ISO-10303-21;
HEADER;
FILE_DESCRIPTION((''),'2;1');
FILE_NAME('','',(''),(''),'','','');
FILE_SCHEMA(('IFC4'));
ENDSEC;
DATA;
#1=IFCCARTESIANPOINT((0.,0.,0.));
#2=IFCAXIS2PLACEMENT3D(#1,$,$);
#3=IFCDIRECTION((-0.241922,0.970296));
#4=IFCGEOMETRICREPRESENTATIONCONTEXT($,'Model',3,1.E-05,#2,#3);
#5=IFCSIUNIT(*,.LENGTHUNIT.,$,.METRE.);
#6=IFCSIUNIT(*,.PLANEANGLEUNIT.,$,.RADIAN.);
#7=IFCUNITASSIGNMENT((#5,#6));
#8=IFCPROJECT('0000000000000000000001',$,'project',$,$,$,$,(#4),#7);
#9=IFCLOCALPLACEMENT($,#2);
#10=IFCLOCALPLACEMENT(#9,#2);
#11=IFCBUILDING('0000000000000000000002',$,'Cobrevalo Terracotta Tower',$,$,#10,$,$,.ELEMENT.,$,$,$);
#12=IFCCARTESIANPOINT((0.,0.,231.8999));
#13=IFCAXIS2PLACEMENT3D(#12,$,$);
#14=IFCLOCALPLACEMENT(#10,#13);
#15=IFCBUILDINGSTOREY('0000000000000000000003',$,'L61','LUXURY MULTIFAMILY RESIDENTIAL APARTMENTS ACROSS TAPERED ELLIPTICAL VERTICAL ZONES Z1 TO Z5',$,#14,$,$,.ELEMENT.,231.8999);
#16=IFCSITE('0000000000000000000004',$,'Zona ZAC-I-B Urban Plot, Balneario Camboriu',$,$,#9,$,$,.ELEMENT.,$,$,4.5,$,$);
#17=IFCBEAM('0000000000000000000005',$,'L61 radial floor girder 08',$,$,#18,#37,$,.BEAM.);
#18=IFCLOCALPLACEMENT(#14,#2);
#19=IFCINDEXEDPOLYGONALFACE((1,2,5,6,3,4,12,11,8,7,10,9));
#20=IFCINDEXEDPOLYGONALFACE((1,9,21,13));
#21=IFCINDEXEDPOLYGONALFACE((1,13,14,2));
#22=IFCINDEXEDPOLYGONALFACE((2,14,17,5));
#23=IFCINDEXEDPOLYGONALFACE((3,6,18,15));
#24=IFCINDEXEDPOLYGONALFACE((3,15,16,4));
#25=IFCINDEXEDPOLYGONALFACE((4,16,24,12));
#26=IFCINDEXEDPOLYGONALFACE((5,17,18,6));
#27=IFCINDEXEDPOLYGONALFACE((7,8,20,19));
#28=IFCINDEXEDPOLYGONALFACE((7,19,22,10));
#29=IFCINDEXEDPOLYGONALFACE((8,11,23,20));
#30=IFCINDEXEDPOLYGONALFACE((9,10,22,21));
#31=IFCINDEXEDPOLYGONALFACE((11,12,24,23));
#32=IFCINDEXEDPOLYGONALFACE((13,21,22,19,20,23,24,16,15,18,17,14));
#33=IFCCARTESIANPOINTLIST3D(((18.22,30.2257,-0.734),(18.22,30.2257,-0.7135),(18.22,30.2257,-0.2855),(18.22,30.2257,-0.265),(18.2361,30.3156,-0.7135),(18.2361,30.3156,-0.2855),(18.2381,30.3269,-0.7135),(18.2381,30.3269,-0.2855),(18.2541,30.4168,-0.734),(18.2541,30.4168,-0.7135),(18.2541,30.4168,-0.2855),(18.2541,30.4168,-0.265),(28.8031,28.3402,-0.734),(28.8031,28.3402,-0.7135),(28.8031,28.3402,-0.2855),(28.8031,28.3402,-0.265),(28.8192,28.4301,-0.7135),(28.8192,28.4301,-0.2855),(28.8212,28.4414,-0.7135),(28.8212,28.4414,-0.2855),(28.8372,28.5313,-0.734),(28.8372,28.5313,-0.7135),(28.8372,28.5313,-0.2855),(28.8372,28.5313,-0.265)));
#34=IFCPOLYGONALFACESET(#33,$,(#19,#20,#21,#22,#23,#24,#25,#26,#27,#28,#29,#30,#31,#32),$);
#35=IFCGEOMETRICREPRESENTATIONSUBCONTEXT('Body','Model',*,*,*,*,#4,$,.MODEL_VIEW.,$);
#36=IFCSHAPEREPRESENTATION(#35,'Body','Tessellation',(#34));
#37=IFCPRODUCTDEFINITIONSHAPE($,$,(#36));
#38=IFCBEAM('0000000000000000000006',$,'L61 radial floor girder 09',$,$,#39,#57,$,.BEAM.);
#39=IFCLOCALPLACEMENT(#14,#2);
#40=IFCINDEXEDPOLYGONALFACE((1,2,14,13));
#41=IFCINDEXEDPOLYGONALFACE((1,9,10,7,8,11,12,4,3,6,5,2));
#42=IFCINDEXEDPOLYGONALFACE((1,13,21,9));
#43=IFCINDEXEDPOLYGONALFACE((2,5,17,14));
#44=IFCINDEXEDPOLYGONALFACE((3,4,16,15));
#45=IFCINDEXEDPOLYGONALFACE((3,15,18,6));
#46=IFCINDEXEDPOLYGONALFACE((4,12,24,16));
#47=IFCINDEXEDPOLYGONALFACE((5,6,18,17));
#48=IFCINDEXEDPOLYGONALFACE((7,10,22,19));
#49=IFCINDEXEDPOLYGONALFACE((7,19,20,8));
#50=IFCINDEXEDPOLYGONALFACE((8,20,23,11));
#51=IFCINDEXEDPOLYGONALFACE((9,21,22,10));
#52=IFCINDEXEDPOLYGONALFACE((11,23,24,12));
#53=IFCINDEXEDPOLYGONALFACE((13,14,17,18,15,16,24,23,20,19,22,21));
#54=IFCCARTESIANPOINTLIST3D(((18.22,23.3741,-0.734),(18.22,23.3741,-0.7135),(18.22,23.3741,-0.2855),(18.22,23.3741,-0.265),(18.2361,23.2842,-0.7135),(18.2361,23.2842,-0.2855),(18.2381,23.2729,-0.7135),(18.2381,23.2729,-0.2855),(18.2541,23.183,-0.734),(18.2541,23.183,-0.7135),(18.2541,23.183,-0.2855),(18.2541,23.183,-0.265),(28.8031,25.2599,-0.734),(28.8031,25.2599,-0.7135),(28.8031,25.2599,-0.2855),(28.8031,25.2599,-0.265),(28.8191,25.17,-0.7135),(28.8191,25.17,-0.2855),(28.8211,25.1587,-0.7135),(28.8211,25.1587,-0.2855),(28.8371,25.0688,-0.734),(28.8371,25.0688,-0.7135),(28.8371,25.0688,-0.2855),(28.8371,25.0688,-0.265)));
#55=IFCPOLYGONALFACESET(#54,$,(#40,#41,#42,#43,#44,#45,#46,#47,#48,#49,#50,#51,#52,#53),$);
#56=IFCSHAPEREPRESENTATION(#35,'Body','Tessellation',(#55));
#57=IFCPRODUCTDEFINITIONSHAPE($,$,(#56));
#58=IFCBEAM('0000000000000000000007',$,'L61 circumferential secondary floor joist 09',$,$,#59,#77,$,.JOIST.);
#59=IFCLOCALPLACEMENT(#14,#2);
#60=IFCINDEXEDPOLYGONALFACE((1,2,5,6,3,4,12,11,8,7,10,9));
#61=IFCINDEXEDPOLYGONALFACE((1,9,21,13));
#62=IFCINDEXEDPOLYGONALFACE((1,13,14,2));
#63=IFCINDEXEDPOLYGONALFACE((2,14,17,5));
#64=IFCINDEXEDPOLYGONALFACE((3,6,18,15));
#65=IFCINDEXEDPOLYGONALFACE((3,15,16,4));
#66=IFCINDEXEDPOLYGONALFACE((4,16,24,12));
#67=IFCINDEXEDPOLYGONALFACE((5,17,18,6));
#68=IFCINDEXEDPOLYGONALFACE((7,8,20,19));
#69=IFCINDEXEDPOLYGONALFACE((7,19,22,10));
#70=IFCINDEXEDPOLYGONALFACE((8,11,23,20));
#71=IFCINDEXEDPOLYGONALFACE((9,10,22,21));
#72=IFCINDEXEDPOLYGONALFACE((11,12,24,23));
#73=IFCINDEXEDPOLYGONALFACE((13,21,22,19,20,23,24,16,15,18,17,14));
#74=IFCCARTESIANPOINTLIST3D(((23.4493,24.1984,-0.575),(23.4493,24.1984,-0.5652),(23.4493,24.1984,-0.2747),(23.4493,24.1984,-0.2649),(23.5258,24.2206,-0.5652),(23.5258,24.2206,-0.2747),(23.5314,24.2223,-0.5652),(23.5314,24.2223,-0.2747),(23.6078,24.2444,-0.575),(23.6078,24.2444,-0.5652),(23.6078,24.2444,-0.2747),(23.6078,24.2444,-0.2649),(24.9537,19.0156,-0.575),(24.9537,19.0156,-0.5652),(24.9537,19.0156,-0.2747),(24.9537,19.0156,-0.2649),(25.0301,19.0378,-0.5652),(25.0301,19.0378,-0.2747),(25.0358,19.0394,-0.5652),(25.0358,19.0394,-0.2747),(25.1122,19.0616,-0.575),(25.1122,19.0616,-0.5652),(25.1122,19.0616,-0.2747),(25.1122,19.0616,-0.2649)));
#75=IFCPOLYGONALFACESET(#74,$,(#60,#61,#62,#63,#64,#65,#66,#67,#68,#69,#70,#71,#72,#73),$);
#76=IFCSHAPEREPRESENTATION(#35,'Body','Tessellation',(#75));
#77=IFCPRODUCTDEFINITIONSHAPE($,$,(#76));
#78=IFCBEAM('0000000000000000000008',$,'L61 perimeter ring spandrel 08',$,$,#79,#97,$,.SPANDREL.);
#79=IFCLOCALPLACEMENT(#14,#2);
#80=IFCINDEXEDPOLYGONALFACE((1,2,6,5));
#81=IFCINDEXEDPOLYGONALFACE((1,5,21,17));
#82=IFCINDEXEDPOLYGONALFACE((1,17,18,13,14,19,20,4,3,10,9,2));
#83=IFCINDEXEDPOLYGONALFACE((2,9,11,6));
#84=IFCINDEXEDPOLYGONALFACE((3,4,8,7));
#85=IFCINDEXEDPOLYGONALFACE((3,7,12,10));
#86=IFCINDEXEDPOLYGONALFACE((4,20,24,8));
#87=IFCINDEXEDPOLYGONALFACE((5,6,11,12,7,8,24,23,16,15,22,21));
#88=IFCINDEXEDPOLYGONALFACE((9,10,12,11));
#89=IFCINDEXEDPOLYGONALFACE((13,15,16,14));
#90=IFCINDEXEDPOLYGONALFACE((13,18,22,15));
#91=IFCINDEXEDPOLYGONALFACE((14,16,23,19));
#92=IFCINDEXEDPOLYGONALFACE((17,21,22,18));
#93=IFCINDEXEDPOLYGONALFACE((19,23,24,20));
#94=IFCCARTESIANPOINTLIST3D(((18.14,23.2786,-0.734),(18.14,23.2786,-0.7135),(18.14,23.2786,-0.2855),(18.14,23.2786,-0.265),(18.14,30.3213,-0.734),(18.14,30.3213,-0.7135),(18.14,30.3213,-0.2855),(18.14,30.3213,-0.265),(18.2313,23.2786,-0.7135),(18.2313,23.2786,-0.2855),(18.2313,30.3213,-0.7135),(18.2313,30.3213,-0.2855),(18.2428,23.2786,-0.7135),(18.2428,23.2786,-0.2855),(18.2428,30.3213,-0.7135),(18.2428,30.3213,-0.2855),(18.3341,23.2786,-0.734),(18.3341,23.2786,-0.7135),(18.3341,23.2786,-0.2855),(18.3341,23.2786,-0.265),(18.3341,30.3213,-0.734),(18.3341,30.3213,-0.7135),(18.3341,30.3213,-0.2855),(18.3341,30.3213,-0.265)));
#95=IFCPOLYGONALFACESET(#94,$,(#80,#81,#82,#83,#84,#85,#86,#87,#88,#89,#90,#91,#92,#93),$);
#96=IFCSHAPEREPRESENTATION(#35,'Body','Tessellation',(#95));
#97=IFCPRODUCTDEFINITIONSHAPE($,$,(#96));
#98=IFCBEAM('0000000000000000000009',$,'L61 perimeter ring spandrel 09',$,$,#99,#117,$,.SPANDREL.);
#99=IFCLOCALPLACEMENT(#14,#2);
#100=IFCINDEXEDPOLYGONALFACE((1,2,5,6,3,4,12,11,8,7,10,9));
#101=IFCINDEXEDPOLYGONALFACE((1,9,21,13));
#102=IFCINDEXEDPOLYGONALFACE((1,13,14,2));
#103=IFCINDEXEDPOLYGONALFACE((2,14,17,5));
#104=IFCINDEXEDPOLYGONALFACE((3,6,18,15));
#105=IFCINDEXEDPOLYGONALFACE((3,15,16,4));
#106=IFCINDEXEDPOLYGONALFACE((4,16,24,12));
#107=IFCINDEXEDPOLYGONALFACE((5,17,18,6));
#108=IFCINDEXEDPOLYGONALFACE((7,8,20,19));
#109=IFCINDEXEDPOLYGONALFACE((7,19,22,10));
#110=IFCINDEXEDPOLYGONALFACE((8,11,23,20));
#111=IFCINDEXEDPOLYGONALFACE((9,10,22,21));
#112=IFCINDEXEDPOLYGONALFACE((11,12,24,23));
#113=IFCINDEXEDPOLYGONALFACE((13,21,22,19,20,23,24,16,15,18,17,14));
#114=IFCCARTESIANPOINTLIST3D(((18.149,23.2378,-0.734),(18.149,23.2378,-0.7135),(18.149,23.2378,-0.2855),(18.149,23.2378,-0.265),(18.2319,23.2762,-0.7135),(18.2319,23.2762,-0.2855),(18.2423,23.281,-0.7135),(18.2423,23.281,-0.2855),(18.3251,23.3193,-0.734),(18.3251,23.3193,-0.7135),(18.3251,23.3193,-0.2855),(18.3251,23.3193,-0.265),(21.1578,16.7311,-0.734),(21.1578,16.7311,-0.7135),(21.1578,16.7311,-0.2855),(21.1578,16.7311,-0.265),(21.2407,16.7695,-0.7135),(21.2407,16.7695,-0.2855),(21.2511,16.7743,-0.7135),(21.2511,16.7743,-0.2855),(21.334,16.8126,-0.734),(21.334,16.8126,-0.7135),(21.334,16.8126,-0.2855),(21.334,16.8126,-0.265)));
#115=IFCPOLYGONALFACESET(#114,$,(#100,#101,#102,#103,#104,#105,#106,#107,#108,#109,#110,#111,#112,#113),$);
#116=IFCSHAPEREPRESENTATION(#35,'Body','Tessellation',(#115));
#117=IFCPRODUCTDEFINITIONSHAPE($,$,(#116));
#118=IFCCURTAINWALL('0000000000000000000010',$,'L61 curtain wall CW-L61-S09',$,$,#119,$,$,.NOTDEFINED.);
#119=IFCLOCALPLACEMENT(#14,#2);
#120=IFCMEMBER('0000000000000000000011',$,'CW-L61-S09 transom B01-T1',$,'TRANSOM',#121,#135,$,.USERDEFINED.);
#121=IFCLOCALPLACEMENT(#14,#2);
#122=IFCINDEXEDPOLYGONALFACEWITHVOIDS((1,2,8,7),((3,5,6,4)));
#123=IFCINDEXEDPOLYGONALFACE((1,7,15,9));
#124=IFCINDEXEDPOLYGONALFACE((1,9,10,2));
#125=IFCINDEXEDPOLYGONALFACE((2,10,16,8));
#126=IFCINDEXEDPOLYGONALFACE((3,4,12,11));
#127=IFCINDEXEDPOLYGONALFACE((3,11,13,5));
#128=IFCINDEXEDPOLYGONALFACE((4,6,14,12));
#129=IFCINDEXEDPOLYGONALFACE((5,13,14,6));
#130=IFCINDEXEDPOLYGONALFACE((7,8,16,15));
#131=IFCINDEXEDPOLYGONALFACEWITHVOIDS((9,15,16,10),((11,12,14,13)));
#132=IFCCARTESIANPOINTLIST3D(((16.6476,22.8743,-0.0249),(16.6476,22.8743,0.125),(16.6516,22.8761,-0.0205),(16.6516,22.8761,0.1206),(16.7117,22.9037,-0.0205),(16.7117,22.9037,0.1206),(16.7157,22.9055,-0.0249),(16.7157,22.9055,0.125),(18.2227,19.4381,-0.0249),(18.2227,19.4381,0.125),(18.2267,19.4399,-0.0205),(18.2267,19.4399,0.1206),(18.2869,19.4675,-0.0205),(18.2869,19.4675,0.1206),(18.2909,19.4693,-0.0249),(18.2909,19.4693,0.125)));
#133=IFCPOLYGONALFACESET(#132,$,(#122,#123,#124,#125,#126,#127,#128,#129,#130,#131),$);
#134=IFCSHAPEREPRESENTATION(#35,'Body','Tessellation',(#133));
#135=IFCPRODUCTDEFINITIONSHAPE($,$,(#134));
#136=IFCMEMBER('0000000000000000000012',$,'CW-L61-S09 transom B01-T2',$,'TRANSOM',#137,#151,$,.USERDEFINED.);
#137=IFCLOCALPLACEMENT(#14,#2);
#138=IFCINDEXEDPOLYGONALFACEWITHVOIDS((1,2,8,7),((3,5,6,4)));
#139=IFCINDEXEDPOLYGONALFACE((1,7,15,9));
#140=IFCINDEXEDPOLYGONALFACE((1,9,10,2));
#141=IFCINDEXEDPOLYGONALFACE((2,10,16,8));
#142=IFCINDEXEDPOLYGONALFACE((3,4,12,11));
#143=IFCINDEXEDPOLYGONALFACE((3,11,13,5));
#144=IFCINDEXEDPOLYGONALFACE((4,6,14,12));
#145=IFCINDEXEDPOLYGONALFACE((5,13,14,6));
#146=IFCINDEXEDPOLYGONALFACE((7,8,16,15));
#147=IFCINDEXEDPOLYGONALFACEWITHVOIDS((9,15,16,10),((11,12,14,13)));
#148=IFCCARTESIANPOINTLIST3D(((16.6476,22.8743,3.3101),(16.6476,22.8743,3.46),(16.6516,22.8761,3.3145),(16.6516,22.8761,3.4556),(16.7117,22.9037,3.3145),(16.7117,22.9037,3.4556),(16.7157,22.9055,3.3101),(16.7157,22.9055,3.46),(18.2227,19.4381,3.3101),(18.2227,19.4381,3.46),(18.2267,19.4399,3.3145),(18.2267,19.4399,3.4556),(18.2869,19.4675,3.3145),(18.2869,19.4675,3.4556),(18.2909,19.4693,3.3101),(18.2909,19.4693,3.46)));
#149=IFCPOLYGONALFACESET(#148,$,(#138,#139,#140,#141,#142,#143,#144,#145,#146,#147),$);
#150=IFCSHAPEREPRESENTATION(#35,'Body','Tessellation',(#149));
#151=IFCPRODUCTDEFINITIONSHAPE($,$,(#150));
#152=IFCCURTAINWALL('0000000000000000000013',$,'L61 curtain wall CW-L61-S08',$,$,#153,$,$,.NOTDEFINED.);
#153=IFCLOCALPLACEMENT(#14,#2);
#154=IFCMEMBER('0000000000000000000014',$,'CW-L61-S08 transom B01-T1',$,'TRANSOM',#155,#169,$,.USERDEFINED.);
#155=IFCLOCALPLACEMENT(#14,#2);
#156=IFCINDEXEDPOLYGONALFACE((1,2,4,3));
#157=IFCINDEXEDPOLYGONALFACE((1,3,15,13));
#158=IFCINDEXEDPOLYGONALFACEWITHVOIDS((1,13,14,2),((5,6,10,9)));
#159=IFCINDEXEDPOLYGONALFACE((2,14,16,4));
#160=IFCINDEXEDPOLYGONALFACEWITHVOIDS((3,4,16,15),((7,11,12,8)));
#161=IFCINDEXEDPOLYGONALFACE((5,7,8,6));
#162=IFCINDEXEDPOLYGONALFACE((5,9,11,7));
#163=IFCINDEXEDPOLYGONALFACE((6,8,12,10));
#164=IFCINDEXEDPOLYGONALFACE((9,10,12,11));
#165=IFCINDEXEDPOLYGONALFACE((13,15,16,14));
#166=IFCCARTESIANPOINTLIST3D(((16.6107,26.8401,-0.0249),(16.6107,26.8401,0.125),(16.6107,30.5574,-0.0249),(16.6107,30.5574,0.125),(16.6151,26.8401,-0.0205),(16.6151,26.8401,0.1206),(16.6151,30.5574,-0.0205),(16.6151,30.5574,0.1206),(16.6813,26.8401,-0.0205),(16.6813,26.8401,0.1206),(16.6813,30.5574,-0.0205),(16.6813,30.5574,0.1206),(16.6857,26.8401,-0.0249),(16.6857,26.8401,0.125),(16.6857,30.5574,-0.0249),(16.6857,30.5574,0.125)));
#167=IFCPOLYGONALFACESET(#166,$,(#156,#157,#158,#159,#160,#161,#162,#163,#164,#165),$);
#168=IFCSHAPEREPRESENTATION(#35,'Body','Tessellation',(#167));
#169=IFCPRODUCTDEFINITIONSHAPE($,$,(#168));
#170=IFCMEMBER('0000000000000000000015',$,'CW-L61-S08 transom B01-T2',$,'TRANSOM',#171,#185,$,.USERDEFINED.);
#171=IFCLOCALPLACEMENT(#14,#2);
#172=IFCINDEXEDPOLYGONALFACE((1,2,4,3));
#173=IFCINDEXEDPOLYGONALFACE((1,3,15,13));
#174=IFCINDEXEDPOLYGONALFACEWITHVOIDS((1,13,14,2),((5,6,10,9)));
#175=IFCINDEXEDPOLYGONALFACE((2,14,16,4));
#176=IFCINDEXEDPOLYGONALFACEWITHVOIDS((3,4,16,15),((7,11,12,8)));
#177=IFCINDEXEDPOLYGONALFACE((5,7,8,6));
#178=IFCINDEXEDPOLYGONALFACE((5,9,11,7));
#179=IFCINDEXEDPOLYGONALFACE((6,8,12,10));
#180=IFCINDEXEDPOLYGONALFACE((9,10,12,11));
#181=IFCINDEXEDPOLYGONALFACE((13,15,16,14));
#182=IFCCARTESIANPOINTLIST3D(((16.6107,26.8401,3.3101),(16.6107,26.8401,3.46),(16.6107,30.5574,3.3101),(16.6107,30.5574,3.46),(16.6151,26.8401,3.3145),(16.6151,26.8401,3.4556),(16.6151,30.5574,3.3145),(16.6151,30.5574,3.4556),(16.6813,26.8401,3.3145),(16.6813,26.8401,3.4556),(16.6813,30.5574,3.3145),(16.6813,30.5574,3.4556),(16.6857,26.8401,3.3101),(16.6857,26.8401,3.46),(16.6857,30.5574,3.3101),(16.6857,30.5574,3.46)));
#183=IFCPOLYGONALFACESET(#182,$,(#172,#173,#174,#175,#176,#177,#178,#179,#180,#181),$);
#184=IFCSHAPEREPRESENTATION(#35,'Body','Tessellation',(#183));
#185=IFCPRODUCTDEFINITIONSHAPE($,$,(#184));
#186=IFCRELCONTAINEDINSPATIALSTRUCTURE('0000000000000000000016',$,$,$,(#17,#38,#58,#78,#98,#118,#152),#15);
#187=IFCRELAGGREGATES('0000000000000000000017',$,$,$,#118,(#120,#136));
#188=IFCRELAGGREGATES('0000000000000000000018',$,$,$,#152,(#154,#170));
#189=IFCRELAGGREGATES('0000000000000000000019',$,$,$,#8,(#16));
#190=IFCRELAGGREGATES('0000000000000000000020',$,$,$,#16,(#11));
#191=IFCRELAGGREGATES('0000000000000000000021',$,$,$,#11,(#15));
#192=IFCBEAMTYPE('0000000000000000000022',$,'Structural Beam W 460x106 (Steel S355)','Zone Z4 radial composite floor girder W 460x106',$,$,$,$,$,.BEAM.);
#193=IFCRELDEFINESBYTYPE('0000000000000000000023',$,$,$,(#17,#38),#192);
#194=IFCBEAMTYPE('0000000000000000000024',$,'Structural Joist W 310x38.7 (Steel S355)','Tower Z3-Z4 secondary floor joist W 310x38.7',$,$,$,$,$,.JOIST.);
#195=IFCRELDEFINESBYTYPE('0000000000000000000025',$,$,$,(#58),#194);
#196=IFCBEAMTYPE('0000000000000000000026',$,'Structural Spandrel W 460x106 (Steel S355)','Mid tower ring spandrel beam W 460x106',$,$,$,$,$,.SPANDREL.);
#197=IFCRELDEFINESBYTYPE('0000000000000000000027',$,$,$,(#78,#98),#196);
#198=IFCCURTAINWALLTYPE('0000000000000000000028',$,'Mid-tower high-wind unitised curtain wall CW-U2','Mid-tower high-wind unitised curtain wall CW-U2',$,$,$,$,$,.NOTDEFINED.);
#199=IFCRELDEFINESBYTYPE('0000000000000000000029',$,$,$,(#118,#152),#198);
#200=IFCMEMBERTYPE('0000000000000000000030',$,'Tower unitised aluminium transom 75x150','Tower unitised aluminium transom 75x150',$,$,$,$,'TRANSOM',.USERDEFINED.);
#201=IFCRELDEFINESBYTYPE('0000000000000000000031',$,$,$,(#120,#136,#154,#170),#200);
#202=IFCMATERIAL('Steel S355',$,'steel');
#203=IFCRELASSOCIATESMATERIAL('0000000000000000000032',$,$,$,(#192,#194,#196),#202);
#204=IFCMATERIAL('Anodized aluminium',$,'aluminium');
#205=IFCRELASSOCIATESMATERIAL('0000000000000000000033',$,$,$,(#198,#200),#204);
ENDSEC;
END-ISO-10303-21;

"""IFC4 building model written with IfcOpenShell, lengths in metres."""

from ifc_helpers import new_model, si_unit, direction, frame, origin, origin_2d, place, context, subcontext, project, spatial, hollow_rectangle, i_section, extrude, source, transform, mapped, material, material_profile, profile_set, type_object, element, aggregate, save


model = new_model("IFC4")

# Units and contexts
model_context = context("Model", 3, precision=1e-05, world=origin(), true_north=direction((-0.241922, 0.970296)))
body_context = subcontext(model_context, "Body", "Model", "MODEL_VIEW")
ifc_project = project(units=[si_unit("LENGTHUNIT", "METRE"), si_unit("PLANEANGLEUNIT", "RADIAN")], contexts=[model_context])

# Site, building, storey
site_placement = place(None, origin())
site = spatial("IfcSite", under=ifc_project, at=site_placement, Name="Zona ZAC-I-B Urban Plot, Balneario Camboriu", CompositionType="ELEMENT", RefElevation=4.5)
building_placement = place(site_placement, origin())
building = spatial("IfcBuilding", under=site, at=building_placement, Name="Cobrevalo Terracotta Tower", CompositionType="ELEMENT")
storey_placement = place(building_placement, frame((0.0, 0.0, 231.8999)))
storey = spatial("IfcBuildingStorey", under=building, at=storey_placement, Name="L61", Description="LUXURY MULTIFAMILY RESIDENTIAL APARTMENTS ACROSS TAPERED ELLIPTICAL VERTICAL ZONES Z1 TO Z5", CompositionType="ELEMENT", Elevation=231.8999)

# Shared definitions
ifc_material_1 = material(Name="Steel S355", Category="steel")

# Beams
ifc_material_profile_1 = material_profile(ifc_material_1, i_section(OverallWidth=0.1941, OverallDepth=0.469, WebThickness=0.0115, FlangeThickness=0.0205, at=origin_2d()), Name="W 460x106")
ifc_profile_set_1 = profile_set([ifc_material_profile_1], Name="Steel S355")
beam_type_1 = type_object("IfcBeamType", Name="Structural Beam W 460x106 (Steel S355)", Description="Zone Z4 radial composite floor girder W 460x106", PredefinedType="BEAM", material=ifc_profile_set_1)
for number, where, z_axis, x_axis, name in (
    (1, (18.2371, 30.3213, -0.4995), (0.984497, -0.175401, 0.0), (0.175401, 0.984497, 0.0), "L61 radial floor girder 08"),
    (2, (18.2371, 23.2786, -0.4995), (0.984493, 0.175423, 0.0), (-0.175423, 0.984493, 0.0), "L61 radial floor girder 09"),
):
    element("IfcBeam", number, at=place(storey_placement, frame(where, z_axis=z_axis, x_axis=x_axis)), inside=storey, type_object=beam_type_1, Name=name, PredefinedType="BEAM", context=body_context, shape_type="SweptSolid", body=[
        extrude(i_section(OverallWidth=0.1941, OverallDepth=0.469, WebThickness=0.0115, FlangeThickness=0.0205, at=origin_2d()), origin(), (0.0, 0.0, 1.0), 10.7498),
    ])
ifc_material_profile_2 = material_profile(ifc_material_1, i_section(OverallWidth=0.165, OverallDepth=0.3101, WebThickness=0.0059, FlangeThickness=0.0098, at=origin_2d()), Name="W 310x38.7")
ifc_profile_set_2 = profile_set([ifc_material_profile_2], Name="Steel S355")
beam_type_2 = type_object("IfcBeamType", Name="Structural Joist W 310x38.7 (Steel S355)", Description="Tower Z3-Z4 secondary floor joist W 310x38.7", PredefinedType="JOIST", material=ifc_profile_set_2)
beam_1_placement = place(storey_placement, frame((23.5286, 24.2214, -0.4199), z_axis=(0.278758, -0.960361, 0.0), x_axis=(0.960361, 0.278758, 0.0)))
element("IfcBeam", 3, at=beam_1_placement, inside=storey, type_object=beam_type_2, Name="L61 circumferential secondary floor joist 09", PredefinedType="JOIST", context=body_context, shape_type="SweptSolid", body=[
    extrude(i_section(OverallWidth=0.165, OverallDepth=0.3101, WebThickness=0.0059, FlangeThickness=0.0098, at=origin_2d()), origin(), (0.0, 0.0, 1.0), 5.3967),
])
ifc_material_profile_3 = material_profile(ifc_material_1, i_section(OverallWidth=0.1941, OverallDepth=0.469, WebThickness=0.0115, FlangeThickness=0.0205, at=origin_2d()), Name="W 460x106")
ifc_profile_set_3 = profile_set([ifc_material_profile_3], Name="Steel S355")
beam_type_3 = type_object("IfcBeamType", Name="Structural Spandrel W 460x106 (Steel S355)", Description="Mid tower ring spandrel beam W 460x106", PredefinedType="SPANDREL", material=ifc_profile_set_3)
beam_2_placement = place(storey_placement, frame((18.2371, 30.3213, -0.4995), z_axis=(0.0, -1.0, 0.0), x_axis=(1.0, 0.0, 0.0)))
element("IfcBeam", 4, at=beam_2_placement, inside=storey, type_object=beam_type_3, Name="L61 perimeter ring spandrel 08", PredefinedType="SPANDREL", context=body_context, shape_type="SweptSolid", body=[
    extrude(i_section(OverallWidth=0.1941, OverallDepth=0.469, WebThickness=0.0115, FlangeThickness=0.0205, at=origin_2d()), origin(), (0.0, 0.0, 1.0), 7.0427),
])
beam_3_placement = place(storey_placement, frame((18.2371, 23.2786, -0.4995), z_axis=(0.419719, -0.907654, 0.0), x_axis=(0.907654, 0.419719, 0.0)))
element("IfcBeam", 5, at=beam_3_placement, inside=storey, type_object=beam_type_3, Name="L61 perimeter ring spandrel 09", PredefinedType="SPANDREL", context=body_context, shape_type="SweptSolid", body=[
    extrude(i_section(OverallWidth=0.1941, OverallDepth=0.469, WebThickness=0.0115, FlangeThickness=0.0205, at=origin_2d()), origin(), (0.0, 0.0, 1.0), 7.1687),
])

# Curtain walls, members
ifc_material_2 = material(Name="Anodized aluminium", Category="aluminium")
curtain_wall_type = type_object("IfcCurtainWallType", Name="Mid-tower high-wind unitised curtain wall CW-U2", Description="Mid-tower high-wind unitised curtain wall CW-U2", PredefinedType="NOTDEFINED", material=ifc_material_2)
curtain_wall_1_placement = place(storey_placement, origin())
curtain_wall_1 = element("IfcCurtainWall", 6, at=curtain_wall_1_placement, inside=storey, type_object=curtain_wall_type, Name="L61 curtain wall CW-L61-S09", PredefinedType="NOTDEFINED")
ifc_material_profile_4 = material_profile(ifc_material_2, hollow_rectangle(XDim=0.075, YDim=0.1499, WallThickness=0.0044, at=origin_2d()), Name="CWT 75x150")
ifc_profile_set_4 = profile_set([ifc_material_profile_4], Name="Anodized aluminium")
member_type_1 = type_object("IfcMemberType", Name="Tower unitised aluminium transom 75x150", Description="Tower unitised aluminium transom 75x150", ElementType="TRANSOM", PredefinedType="USERDEFINED", material=ifc_profile_set_4)
shared_shape_1 = source(origin(), body_context, "Body", "SweptSolid", [
    extrude(hollow_rectangle(XDim=0.075, YDim=0.1499, WallThickness=0.0044, at=origin_2d()), origin(), (0.0, 0.0, 1.0), 3.78),
])
member_1_placement = place(storey_placement, frame((16.6816, 22.8899, 0.05), z_axis=(0.416706, -0.909041, 0.0), x_axis=(0.909041, 0.416706, 0.0)))
member_1 = element("IfcMember", 7, at=member_1_placement, type_object=member_type_1, Name="CW-L61-S09 transom B01-T1", ObjectType="TRANSOM", PredefinedType="USERDEFINED", context=body_context, shape_type="MappedRepresentation", body=[
    mapped(shared_shape_1, transform((0.0, 0.0, 0.0), scale=1.0)),
])
member_2_placement = place(storey_placement, frame((16.6816, 22.8899, 3.385), z_axis=(0.416706, -0.909041, 0.0), x_axis=(0.909041, 0.416706, 0.0)))
member_2 = element("IfcMember", 8, at=member_2_placement, type_object=member_type_1, Name="CW-L61-S09 transom B01-T2", ObjectType="TRANSOM", PredefinedType="USERDEFINED", context=body_context, shape_type="MappedRepresentation", body=[
    mapped(shared_shape_1, transform((0.0, 0.0, 0.0), scale=1.0)),
])
curtain_wall_2_placement = place(storey_placement, origin())
curtain_wall_2 = element("IfcCurtainWall", 9, at=curtain_wall_2_placement, inside=storey, type_object=curtain_wall_type, Name="L61 curtain wall CW-L61-S08", PredefinedType="NOTDEFINED")
shared_shape_2 = source(origin(), body_context, "Body", "SweptSolid", [
    extrude(hollow_rectangle(XDim=0.075, YDim=0.1499, WallThickness=0.0044, at=origin_2d()), origin(), (0.0, 0.0, 1.0), 3.7173),
])
member_3_placement = place(storey_placement, frame((16.6482, 30.5574, 0.05), z_axis=(0.0, -1.0, 0.0), x_axis=(1.0, 0.0, 0.0)))
member_3 = element("IfcMember", 10, at=member_3_placement, type_object=member_type_1, Name="CW-L61-S08 transom B01-T1", ObjectType="TRANSOM", PredefinedType="USERDEFINED", context=body_context, shape_type="MappedRepresentation", body=[
    mapped(shared_shape_2, transform((0.0, 0.0, 0.0), scale=1.0)),
])
member_4_placement = place(storey_placement, frame((16.6482, 30.5574, 3.385), z_axis=(0.0, -1.0, 0.0), x_axis=(1.0, 0.0, 0.0)))
member_4 = element("IfcMember", 11, at=member_4_placement, type_object=member_type_1, Name="CW-L61-S08 transom B01-T2", ObjectType="TRANSOM", PredefinedType="USERDEFINED", context=body_context, shape_type="MappedRepresentation", body=[
    mapped(shared_shape_2, transform((0.0, 0.0, 0.0), scale=1.0)),
])

aggregate(curtain_wall_1, [member_1, member_2])

aggregate(curtain_wall_2, [member_3, member_4])

save(model, "model.ifc")
